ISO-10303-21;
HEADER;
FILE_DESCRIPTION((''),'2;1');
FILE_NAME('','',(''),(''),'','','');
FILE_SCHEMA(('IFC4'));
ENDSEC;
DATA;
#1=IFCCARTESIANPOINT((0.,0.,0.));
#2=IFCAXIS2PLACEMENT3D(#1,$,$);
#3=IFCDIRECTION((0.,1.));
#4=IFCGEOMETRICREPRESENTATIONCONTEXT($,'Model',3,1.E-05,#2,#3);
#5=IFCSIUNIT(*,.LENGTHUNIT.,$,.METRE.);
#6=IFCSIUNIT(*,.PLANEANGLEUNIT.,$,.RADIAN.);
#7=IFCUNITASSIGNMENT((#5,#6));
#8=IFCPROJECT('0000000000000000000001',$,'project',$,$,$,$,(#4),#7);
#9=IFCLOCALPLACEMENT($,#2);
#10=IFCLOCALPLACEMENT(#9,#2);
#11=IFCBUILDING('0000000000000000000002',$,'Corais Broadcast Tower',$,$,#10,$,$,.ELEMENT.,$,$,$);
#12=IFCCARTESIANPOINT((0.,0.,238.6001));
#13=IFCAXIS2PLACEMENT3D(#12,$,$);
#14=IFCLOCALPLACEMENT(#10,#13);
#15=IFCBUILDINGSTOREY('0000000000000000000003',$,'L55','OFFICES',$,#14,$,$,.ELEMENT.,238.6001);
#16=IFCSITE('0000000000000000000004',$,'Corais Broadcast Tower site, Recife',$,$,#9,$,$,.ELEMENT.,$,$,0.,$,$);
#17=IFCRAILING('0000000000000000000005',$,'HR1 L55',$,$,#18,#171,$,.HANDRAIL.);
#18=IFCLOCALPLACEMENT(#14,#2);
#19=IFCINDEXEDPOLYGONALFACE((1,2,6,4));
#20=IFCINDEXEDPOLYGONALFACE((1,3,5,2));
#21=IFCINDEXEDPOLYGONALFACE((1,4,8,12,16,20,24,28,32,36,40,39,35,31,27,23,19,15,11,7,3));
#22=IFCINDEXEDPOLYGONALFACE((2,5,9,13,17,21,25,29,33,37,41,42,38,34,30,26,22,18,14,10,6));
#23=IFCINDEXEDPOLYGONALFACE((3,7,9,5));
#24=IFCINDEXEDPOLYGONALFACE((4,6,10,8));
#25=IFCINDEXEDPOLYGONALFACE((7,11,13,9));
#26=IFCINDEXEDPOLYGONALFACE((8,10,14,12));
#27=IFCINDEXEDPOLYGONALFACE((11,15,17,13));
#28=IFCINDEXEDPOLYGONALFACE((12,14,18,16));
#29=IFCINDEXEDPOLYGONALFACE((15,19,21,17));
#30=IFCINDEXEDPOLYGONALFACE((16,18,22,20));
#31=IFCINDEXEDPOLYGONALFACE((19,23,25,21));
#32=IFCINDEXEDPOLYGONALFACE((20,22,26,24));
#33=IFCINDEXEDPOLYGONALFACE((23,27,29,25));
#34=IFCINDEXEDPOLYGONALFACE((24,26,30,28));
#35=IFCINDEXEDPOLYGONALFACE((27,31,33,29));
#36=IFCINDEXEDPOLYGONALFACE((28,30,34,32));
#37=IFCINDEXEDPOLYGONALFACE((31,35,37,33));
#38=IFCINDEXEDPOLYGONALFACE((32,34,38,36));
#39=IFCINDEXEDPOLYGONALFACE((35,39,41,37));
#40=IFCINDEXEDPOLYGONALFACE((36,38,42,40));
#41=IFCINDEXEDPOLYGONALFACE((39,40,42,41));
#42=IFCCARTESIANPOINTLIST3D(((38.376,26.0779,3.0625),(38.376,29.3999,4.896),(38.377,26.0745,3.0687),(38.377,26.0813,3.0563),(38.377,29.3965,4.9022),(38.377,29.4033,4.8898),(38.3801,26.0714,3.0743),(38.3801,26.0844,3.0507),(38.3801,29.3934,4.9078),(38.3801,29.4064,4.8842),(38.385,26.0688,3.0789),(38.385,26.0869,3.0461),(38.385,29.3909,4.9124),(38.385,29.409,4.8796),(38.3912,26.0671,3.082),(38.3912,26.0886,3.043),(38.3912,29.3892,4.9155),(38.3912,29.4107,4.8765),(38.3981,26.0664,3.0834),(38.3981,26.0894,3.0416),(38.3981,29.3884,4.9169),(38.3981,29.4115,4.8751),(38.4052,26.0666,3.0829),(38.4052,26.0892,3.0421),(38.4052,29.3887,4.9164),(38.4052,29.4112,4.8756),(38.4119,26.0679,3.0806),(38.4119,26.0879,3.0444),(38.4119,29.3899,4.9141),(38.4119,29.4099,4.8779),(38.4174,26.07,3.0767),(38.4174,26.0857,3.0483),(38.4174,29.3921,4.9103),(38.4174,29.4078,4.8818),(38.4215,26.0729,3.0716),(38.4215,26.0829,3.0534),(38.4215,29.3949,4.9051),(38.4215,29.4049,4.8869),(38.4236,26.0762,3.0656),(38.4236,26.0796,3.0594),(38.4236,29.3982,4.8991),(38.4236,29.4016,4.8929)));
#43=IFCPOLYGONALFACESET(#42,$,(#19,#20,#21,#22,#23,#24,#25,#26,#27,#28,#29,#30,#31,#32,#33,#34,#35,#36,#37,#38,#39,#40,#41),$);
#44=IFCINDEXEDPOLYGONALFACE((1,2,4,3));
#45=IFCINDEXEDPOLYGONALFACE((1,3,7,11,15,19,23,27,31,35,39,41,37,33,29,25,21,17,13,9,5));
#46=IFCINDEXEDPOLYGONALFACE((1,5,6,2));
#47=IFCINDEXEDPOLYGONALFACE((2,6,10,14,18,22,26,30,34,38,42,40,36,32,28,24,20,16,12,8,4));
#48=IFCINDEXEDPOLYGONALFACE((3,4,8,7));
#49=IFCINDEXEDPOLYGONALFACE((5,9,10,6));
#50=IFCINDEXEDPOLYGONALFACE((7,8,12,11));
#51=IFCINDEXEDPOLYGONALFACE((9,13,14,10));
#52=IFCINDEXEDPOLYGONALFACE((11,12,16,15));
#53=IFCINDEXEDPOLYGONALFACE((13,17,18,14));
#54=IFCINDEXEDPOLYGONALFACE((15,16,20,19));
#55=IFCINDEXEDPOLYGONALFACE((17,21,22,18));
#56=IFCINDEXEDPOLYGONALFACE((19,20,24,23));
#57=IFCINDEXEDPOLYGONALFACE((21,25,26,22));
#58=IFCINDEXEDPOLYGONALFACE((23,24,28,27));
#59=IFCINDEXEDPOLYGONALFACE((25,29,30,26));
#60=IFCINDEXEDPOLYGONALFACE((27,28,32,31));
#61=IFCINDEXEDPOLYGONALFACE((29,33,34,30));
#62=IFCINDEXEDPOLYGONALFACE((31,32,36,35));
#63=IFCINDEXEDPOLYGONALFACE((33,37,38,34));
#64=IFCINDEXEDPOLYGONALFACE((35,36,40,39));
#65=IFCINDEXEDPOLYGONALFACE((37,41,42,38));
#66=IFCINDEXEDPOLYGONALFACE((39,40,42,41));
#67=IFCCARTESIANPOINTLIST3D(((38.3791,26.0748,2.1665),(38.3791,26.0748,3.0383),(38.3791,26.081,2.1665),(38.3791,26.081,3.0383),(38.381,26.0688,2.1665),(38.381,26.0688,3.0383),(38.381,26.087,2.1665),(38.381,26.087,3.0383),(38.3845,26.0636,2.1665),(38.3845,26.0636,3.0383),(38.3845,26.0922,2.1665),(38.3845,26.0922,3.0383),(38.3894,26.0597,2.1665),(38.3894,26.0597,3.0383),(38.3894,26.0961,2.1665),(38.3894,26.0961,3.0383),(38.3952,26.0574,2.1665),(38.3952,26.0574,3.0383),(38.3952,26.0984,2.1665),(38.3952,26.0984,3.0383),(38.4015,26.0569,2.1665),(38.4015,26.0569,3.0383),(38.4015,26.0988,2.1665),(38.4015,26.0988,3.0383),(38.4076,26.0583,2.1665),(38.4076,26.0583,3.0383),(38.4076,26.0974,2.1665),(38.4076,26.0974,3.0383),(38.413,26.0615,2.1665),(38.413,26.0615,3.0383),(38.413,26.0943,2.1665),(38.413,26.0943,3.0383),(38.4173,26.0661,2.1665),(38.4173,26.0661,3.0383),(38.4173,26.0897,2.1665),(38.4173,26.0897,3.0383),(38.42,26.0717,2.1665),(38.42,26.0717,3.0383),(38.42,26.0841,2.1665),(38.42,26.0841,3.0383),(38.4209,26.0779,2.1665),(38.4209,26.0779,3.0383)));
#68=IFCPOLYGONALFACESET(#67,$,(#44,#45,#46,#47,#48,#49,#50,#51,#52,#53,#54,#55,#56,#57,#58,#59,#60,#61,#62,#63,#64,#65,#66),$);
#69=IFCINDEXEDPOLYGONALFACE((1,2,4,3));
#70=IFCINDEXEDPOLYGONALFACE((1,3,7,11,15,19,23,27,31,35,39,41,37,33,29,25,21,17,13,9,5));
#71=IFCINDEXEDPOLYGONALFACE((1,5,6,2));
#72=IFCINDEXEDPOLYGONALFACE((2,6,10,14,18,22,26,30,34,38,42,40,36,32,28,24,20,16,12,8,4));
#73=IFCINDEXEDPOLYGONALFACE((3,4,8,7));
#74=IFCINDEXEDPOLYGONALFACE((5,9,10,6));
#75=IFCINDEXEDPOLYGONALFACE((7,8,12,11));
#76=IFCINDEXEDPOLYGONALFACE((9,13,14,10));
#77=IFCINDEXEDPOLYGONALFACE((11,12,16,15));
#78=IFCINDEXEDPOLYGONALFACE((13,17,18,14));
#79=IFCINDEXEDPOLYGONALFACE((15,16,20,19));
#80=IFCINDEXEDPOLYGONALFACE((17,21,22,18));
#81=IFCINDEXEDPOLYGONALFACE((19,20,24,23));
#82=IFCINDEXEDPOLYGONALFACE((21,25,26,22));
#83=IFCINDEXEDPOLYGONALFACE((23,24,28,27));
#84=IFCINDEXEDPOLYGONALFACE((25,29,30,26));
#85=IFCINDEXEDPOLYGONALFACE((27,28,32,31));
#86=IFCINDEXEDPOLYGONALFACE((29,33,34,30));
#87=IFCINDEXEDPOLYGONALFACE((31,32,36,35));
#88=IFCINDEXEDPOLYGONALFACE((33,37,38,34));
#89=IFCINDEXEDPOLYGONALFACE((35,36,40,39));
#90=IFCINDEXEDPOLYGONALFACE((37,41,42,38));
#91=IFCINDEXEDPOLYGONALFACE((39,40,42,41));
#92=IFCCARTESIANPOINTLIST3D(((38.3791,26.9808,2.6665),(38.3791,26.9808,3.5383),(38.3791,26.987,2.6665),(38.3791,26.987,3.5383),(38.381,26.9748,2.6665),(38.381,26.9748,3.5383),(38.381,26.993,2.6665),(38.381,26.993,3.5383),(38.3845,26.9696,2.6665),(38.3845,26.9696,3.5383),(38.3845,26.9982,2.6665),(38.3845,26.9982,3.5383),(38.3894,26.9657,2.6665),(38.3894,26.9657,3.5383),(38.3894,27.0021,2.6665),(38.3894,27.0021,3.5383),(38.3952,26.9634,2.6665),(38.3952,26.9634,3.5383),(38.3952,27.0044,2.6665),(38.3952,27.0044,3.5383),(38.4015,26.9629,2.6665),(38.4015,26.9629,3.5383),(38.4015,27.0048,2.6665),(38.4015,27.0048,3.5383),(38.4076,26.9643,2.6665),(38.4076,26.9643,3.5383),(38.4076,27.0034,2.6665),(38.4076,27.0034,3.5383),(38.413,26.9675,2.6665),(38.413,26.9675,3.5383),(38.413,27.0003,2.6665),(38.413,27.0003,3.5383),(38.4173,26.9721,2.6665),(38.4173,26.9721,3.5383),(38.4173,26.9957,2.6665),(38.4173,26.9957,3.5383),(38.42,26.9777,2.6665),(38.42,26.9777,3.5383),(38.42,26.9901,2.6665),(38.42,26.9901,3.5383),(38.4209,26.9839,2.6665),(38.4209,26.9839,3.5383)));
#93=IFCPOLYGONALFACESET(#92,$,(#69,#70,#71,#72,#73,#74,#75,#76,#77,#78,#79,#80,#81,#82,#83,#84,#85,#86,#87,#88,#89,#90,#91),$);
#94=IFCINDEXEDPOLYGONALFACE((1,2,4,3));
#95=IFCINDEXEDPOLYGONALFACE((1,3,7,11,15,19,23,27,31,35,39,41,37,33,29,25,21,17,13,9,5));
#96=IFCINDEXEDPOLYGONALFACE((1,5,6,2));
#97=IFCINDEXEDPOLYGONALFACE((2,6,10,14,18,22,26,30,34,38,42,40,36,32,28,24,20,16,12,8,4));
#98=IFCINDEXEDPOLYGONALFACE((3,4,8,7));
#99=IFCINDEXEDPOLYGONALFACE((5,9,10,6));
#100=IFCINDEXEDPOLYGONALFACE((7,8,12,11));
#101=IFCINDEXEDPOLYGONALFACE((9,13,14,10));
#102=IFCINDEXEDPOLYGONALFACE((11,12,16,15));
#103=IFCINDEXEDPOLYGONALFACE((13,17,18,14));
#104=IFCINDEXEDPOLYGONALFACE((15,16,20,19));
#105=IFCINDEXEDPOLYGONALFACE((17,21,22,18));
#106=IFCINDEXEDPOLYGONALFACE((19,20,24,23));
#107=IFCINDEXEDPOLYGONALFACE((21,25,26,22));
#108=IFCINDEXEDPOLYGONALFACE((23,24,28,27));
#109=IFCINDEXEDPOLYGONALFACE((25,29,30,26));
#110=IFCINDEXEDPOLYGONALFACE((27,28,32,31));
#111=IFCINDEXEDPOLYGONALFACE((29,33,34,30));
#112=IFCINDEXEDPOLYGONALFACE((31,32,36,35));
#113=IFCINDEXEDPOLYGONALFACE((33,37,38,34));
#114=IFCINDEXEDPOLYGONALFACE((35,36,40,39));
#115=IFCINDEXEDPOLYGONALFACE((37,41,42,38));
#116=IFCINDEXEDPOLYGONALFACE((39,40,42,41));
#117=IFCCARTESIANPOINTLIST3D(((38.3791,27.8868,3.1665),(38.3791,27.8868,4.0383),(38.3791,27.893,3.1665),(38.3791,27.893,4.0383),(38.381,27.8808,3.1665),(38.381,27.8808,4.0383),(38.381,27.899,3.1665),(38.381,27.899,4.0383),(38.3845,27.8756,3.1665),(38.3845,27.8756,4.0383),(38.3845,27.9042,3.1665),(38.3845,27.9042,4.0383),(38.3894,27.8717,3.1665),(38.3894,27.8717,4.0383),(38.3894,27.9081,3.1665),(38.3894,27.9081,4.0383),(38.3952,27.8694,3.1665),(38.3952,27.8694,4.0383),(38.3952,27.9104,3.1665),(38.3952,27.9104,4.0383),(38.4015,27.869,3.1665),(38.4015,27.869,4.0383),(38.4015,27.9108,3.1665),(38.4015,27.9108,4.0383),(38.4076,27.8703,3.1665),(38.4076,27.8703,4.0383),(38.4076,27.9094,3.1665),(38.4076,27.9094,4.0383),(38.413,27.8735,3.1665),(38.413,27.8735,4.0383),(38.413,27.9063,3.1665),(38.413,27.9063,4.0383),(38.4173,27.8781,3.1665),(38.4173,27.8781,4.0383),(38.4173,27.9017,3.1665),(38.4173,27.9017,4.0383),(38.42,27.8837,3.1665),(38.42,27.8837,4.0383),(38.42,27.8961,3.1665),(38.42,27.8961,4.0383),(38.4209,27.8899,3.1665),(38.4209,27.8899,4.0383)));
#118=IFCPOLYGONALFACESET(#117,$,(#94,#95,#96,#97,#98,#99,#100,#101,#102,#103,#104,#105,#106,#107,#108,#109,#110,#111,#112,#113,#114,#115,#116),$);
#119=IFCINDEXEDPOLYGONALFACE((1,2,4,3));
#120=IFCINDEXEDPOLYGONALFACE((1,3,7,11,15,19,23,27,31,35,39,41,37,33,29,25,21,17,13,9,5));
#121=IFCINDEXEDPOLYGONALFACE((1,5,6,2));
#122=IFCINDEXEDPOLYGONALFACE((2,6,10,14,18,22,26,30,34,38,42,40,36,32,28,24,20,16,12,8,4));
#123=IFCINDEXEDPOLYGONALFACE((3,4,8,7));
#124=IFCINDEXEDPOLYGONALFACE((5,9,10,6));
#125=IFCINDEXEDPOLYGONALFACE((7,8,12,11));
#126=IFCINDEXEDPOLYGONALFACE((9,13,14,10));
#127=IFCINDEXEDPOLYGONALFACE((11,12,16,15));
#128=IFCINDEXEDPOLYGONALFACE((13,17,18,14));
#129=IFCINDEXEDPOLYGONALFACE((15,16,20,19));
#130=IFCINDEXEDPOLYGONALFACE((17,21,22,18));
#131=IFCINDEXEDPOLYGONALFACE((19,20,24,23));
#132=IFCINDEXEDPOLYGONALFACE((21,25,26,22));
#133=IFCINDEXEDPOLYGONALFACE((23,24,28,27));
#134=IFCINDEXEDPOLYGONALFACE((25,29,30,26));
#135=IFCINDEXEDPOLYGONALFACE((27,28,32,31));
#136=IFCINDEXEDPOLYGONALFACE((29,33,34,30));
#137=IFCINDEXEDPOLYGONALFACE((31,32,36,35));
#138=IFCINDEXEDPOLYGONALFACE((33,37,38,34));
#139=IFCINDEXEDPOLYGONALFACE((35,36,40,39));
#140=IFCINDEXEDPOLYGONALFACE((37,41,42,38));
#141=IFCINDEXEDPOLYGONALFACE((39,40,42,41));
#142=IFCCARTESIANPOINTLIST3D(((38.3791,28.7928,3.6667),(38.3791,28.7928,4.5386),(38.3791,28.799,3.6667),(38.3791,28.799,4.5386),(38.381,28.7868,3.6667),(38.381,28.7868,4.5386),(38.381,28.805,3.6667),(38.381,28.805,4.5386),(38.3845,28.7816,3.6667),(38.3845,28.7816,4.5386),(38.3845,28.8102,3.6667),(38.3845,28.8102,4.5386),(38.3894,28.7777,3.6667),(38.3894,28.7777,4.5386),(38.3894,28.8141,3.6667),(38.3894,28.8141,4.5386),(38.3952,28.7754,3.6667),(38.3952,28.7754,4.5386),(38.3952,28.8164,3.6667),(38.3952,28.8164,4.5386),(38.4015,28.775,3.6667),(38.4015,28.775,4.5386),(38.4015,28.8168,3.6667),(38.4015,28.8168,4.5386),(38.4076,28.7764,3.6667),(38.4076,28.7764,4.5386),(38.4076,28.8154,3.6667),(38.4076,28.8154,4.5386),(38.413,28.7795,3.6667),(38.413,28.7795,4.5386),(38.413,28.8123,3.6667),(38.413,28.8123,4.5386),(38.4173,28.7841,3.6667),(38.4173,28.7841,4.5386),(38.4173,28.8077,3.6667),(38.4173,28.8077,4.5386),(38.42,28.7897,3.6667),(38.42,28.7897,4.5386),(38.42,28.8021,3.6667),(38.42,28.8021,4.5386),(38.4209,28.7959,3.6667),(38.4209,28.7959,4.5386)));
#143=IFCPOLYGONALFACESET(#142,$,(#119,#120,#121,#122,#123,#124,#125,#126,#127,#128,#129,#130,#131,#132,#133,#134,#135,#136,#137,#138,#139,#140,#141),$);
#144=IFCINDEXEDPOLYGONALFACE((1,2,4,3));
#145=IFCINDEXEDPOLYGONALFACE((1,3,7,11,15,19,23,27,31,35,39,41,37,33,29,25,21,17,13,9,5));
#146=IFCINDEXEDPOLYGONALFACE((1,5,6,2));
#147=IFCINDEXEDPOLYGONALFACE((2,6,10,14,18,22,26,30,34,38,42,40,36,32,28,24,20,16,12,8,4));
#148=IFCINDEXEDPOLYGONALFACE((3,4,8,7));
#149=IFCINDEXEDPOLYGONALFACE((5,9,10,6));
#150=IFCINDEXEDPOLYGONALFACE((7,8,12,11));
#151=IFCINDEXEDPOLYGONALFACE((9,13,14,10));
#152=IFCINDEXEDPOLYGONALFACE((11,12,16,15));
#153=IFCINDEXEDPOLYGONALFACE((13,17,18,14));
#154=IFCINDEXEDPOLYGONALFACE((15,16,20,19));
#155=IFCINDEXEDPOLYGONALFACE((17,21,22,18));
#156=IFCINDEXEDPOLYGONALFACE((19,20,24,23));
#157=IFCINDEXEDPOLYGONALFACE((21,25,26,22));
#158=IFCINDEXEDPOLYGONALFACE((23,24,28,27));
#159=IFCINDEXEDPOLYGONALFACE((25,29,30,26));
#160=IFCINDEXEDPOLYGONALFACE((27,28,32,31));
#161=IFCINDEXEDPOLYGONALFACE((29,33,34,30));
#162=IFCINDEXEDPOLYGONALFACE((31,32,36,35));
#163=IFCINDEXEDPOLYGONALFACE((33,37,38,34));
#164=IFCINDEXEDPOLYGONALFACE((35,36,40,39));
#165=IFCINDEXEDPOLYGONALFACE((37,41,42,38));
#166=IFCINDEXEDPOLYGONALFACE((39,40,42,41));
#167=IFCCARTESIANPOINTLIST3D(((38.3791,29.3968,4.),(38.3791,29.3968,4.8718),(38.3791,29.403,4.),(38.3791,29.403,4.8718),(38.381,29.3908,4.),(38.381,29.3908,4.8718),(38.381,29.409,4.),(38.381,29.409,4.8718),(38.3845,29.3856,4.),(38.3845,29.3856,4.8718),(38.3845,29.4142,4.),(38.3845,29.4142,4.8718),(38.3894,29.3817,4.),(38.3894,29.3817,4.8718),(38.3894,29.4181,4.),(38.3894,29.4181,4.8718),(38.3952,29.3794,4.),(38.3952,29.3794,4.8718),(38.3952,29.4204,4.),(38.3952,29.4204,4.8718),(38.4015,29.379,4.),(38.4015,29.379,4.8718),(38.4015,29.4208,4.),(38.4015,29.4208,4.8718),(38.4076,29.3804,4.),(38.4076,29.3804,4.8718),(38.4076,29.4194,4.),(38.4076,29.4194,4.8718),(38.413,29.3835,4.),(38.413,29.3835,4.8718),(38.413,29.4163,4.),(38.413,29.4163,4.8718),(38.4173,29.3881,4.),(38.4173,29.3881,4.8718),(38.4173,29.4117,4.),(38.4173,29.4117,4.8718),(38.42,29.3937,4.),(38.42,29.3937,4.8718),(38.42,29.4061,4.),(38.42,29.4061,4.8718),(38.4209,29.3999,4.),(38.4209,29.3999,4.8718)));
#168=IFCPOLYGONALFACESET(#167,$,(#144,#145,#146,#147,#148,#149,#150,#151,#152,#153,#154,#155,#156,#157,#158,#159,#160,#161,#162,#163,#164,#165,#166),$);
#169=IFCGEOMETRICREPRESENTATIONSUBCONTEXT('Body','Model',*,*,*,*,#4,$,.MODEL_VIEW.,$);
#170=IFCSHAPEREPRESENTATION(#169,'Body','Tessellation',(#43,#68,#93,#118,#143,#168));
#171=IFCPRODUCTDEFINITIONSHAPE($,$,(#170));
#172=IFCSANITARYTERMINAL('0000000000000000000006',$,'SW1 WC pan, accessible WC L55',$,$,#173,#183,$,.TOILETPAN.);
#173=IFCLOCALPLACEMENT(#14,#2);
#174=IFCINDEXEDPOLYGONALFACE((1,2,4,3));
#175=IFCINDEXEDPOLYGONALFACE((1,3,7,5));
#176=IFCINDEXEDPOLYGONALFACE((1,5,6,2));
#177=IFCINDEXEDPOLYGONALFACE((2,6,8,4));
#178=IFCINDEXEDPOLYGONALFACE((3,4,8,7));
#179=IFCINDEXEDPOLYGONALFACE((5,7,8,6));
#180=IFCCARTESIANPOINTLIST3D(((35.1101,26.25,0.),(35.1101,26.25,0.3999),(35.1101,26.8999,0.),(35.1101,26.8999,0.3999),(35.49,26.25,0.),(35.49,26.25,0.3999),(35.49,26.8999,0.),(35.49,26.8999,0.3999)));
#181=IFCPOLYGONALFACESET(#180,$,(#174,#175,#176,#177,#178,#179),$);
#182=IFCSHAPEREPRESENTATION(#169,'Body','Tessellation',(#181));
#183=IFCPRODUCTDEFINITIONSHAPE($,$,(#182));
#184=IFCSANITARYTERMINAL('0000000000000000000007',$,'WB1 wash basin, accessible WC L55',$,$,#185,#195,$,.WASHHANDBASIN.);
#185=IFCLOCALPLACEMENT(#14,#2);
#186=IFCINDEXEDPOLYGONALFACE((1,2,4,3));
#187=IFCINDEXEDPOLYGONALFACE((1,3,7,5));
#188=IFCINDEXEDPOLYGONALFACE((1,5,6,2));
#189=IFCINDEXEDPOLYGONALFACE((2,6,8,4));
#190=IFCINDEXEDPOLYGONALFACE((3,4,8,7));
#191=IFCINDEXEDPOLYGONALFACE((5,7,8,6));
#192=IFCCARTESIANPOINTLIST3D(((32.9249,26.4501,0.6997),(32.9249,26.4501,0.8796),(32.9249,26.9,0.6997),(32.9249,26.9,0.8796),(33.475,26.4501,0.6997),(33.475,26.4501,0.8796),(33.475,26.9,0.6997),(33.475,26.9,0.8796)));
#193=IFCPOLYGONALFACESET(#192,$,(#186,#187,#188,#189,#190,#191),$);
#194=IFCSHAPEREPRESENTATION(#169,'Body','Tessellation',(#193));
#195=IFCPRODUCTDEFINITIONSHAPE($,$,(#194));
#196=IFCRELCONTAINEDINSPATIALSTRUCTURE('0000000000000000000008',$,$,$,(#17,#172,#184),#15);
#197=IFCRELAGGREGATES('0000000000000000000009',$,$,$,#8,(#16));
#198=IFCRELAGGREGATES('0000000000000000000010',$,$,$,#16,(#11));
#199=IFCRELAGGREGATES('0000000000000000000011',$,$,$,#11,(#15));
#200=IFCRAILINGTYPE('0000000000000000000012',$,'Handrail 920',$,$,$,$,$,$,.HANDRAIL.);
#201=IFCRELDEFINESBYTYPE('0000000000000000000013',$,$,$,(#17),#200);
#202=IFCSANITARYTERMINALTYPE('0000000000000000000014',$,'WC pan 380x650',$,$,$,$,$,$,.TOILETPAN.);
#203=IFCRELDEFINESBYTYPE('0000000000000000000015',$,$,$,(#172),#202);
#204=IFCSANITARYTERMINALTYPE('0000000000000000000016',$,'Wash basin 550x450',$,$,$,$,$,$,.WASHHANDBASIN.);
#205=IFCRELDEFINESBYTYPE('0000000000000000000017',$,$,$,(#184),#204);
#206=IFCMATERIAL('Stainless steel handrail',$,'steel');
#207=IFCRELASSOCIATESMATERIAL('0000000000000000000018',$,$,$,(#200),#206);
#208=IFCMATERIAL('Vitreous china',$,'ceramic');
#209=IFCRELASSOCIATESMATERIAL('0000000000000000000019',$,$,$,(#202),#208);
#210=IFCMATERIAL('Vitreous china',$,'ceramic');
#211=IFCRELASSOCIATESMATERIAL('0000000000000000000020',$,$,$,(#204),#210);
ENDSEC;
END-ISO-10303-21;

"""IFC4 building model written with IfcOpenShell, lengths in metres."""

from ifc_helpers import new_model, si_unit, direction, frame, origin, origin_2d, place, context, subcontext, project, spatial, rectangle, circle, extrude, material, type_object, element, save


model = new_model("IFC4")

# Units and contexts
model_context = context("Model", 3, precision=1e-05, world=origin(), true_north=direction((0.0, 1.0)))
body_context = subcontext(model_context, "Body", "Model", "MODEL_VIEW")
ifc_project = project(units=[si_unit("LENGTHUNIT", "METRE"), si_unit("PLANEANGLEUNIT", "RADIAN")], contexts=[model_context])

# Site, building, storey
site_placement = place(None, origin())
site = spatial("IfcSite", under=ifc_project, at=site_placement, Name="Corais Broadcast Tower site, Recife", CompositionType="ELEMENT", RefElevation=0.0)
building_placement = place(site_placement, origin())
building = spatial("IfcBuilding", under=site, at=building_placement, Name="Corais Broadcast Tower", CompositionType="ELEMENT")
storey_placement = place(building_placement, frame((0.0, 0.0, 238.6001)))
storey = spatial("IfcBuildingStorey", under=building, at=storey_placement, Name="L55", Description="OFFICES", CompositionType="ELEMENT", Elevation=238.6001)

# Railing
ifc_material_1 = material(Name="Stainless steel handrail", Category="steel")
railing_type = type_object("IfcRailingType", Name="Handrail 920", PredefinedType="HANDRAIL", material=ifc_material_1)
for number, where, name in (
    (1, (38.3999, 26.0779, 2.1665), "HR1 L55"),
):
    element("IfcRailing", number, at=place(storey_placement, frame(where)), inside=storey, type_object=railing_type, Name=name, PredefinedType="HANDRAIL", context=body_context, shape_type="SweptSolid", body=[
        extrude(circle(Radius=0.0239, at=origin_2d()), frame((0.0, 0.0, 0.896), z_axis=(0.0, 0.875504, 0.48321), x_axis=(-1.0, 0.0, 0.0)), (0.0, 0.0, 1.0), 3.7944),
        extrude(circle(Radius=0.021, at=origin_2d()), origin(), (0.0, 0.0, 1.0), 0.8718),
        extrude(circle(Radius=0.021, at=origin_2d()), frame((0.0, 0.906, 0.5)), (0.0, 0.0, 1.0), 0.8718),
        extrude(circle(Radius=0.021, at=origin_2d()), frame((0.0, 1.812, 1.0)), (0.0, 0.0, 1.0), 0.8718),
        extrude(circle(Radius=0.021, at=origin_2d()), frame((0.0, 2.718, 1.5002)), (0.0, 0.0, 1.0), 0.8718),
        extrude(circle(Radius=0.021, at=origin_2d()), frame((0.0, 3.322, 1.8335)), (0.0, 0.0, 1.0), 0.8718),
    ])

# Sanitary terminals
ifc_material_2 = material(Name="Vitreous china", Category="ceramic")
sanitary_terminal_type_1 = type_object("IfcSanitaryTerminalType", Name="WC pan 380x650", PredefinedType="TOILETPAN", material=ifc_material_2)
sanitary_terminal_1_placement = place(storey_placement, frame((35.3, 26.575, 0.0), z_axis=(0.0, 0.0, 1.0), x_axis=(1.0, 0.0, 0.0)))
element("IfcSanitaryTerminal", 2, at=sanitary_terminal_1_placement, inside=storey, type_object=sanitary_terminal_type_1, Name="SW1 WC pan, accessible WC L55", PredefinedType="TOILETPAN", context=body_context, shape_type="SweptSolid", body=[
    extrude(rectangle(XDim=0.3799, YDim=0.6499, at=origin_2d()), origin(), (0.0, 0.0, 1.0), 0.3999),
])
ifc_material_3 = material(Name="Vitreous china", Category="ceramic")
sanitary_terminal_type_2 = type_object("IfcSanitaryTerminalType", Name="Wash basin 550x450", PredefinedType="WASHHANDBASIN", material=ifc_material_3)
sanitary_terminal_2_placement = place(storey_placement, frame((33.2, 26.675, 0.6997), z_axis=(0.0, 0.0, 1.0), x_axis=(1.0, 0.0, 0.0)))
element("IfcSanitaryTerminal", 3, at=sanitary_terminal_2_placement, inside=storey, type_object=sanitary_terminal_type_2, Name="WB1 wash basin, accessible WC L55", PredefinedType="WASHHANDBASIN", context=body_context, shape_type="SweptSolid", body=[
    extrude(rectangle(XDim=0.55, YDim=0.45, at=origin_2d()), origin(), (0.0, 0.0, 1.0), 0.1799),
])

save(model, "model.ifc")
